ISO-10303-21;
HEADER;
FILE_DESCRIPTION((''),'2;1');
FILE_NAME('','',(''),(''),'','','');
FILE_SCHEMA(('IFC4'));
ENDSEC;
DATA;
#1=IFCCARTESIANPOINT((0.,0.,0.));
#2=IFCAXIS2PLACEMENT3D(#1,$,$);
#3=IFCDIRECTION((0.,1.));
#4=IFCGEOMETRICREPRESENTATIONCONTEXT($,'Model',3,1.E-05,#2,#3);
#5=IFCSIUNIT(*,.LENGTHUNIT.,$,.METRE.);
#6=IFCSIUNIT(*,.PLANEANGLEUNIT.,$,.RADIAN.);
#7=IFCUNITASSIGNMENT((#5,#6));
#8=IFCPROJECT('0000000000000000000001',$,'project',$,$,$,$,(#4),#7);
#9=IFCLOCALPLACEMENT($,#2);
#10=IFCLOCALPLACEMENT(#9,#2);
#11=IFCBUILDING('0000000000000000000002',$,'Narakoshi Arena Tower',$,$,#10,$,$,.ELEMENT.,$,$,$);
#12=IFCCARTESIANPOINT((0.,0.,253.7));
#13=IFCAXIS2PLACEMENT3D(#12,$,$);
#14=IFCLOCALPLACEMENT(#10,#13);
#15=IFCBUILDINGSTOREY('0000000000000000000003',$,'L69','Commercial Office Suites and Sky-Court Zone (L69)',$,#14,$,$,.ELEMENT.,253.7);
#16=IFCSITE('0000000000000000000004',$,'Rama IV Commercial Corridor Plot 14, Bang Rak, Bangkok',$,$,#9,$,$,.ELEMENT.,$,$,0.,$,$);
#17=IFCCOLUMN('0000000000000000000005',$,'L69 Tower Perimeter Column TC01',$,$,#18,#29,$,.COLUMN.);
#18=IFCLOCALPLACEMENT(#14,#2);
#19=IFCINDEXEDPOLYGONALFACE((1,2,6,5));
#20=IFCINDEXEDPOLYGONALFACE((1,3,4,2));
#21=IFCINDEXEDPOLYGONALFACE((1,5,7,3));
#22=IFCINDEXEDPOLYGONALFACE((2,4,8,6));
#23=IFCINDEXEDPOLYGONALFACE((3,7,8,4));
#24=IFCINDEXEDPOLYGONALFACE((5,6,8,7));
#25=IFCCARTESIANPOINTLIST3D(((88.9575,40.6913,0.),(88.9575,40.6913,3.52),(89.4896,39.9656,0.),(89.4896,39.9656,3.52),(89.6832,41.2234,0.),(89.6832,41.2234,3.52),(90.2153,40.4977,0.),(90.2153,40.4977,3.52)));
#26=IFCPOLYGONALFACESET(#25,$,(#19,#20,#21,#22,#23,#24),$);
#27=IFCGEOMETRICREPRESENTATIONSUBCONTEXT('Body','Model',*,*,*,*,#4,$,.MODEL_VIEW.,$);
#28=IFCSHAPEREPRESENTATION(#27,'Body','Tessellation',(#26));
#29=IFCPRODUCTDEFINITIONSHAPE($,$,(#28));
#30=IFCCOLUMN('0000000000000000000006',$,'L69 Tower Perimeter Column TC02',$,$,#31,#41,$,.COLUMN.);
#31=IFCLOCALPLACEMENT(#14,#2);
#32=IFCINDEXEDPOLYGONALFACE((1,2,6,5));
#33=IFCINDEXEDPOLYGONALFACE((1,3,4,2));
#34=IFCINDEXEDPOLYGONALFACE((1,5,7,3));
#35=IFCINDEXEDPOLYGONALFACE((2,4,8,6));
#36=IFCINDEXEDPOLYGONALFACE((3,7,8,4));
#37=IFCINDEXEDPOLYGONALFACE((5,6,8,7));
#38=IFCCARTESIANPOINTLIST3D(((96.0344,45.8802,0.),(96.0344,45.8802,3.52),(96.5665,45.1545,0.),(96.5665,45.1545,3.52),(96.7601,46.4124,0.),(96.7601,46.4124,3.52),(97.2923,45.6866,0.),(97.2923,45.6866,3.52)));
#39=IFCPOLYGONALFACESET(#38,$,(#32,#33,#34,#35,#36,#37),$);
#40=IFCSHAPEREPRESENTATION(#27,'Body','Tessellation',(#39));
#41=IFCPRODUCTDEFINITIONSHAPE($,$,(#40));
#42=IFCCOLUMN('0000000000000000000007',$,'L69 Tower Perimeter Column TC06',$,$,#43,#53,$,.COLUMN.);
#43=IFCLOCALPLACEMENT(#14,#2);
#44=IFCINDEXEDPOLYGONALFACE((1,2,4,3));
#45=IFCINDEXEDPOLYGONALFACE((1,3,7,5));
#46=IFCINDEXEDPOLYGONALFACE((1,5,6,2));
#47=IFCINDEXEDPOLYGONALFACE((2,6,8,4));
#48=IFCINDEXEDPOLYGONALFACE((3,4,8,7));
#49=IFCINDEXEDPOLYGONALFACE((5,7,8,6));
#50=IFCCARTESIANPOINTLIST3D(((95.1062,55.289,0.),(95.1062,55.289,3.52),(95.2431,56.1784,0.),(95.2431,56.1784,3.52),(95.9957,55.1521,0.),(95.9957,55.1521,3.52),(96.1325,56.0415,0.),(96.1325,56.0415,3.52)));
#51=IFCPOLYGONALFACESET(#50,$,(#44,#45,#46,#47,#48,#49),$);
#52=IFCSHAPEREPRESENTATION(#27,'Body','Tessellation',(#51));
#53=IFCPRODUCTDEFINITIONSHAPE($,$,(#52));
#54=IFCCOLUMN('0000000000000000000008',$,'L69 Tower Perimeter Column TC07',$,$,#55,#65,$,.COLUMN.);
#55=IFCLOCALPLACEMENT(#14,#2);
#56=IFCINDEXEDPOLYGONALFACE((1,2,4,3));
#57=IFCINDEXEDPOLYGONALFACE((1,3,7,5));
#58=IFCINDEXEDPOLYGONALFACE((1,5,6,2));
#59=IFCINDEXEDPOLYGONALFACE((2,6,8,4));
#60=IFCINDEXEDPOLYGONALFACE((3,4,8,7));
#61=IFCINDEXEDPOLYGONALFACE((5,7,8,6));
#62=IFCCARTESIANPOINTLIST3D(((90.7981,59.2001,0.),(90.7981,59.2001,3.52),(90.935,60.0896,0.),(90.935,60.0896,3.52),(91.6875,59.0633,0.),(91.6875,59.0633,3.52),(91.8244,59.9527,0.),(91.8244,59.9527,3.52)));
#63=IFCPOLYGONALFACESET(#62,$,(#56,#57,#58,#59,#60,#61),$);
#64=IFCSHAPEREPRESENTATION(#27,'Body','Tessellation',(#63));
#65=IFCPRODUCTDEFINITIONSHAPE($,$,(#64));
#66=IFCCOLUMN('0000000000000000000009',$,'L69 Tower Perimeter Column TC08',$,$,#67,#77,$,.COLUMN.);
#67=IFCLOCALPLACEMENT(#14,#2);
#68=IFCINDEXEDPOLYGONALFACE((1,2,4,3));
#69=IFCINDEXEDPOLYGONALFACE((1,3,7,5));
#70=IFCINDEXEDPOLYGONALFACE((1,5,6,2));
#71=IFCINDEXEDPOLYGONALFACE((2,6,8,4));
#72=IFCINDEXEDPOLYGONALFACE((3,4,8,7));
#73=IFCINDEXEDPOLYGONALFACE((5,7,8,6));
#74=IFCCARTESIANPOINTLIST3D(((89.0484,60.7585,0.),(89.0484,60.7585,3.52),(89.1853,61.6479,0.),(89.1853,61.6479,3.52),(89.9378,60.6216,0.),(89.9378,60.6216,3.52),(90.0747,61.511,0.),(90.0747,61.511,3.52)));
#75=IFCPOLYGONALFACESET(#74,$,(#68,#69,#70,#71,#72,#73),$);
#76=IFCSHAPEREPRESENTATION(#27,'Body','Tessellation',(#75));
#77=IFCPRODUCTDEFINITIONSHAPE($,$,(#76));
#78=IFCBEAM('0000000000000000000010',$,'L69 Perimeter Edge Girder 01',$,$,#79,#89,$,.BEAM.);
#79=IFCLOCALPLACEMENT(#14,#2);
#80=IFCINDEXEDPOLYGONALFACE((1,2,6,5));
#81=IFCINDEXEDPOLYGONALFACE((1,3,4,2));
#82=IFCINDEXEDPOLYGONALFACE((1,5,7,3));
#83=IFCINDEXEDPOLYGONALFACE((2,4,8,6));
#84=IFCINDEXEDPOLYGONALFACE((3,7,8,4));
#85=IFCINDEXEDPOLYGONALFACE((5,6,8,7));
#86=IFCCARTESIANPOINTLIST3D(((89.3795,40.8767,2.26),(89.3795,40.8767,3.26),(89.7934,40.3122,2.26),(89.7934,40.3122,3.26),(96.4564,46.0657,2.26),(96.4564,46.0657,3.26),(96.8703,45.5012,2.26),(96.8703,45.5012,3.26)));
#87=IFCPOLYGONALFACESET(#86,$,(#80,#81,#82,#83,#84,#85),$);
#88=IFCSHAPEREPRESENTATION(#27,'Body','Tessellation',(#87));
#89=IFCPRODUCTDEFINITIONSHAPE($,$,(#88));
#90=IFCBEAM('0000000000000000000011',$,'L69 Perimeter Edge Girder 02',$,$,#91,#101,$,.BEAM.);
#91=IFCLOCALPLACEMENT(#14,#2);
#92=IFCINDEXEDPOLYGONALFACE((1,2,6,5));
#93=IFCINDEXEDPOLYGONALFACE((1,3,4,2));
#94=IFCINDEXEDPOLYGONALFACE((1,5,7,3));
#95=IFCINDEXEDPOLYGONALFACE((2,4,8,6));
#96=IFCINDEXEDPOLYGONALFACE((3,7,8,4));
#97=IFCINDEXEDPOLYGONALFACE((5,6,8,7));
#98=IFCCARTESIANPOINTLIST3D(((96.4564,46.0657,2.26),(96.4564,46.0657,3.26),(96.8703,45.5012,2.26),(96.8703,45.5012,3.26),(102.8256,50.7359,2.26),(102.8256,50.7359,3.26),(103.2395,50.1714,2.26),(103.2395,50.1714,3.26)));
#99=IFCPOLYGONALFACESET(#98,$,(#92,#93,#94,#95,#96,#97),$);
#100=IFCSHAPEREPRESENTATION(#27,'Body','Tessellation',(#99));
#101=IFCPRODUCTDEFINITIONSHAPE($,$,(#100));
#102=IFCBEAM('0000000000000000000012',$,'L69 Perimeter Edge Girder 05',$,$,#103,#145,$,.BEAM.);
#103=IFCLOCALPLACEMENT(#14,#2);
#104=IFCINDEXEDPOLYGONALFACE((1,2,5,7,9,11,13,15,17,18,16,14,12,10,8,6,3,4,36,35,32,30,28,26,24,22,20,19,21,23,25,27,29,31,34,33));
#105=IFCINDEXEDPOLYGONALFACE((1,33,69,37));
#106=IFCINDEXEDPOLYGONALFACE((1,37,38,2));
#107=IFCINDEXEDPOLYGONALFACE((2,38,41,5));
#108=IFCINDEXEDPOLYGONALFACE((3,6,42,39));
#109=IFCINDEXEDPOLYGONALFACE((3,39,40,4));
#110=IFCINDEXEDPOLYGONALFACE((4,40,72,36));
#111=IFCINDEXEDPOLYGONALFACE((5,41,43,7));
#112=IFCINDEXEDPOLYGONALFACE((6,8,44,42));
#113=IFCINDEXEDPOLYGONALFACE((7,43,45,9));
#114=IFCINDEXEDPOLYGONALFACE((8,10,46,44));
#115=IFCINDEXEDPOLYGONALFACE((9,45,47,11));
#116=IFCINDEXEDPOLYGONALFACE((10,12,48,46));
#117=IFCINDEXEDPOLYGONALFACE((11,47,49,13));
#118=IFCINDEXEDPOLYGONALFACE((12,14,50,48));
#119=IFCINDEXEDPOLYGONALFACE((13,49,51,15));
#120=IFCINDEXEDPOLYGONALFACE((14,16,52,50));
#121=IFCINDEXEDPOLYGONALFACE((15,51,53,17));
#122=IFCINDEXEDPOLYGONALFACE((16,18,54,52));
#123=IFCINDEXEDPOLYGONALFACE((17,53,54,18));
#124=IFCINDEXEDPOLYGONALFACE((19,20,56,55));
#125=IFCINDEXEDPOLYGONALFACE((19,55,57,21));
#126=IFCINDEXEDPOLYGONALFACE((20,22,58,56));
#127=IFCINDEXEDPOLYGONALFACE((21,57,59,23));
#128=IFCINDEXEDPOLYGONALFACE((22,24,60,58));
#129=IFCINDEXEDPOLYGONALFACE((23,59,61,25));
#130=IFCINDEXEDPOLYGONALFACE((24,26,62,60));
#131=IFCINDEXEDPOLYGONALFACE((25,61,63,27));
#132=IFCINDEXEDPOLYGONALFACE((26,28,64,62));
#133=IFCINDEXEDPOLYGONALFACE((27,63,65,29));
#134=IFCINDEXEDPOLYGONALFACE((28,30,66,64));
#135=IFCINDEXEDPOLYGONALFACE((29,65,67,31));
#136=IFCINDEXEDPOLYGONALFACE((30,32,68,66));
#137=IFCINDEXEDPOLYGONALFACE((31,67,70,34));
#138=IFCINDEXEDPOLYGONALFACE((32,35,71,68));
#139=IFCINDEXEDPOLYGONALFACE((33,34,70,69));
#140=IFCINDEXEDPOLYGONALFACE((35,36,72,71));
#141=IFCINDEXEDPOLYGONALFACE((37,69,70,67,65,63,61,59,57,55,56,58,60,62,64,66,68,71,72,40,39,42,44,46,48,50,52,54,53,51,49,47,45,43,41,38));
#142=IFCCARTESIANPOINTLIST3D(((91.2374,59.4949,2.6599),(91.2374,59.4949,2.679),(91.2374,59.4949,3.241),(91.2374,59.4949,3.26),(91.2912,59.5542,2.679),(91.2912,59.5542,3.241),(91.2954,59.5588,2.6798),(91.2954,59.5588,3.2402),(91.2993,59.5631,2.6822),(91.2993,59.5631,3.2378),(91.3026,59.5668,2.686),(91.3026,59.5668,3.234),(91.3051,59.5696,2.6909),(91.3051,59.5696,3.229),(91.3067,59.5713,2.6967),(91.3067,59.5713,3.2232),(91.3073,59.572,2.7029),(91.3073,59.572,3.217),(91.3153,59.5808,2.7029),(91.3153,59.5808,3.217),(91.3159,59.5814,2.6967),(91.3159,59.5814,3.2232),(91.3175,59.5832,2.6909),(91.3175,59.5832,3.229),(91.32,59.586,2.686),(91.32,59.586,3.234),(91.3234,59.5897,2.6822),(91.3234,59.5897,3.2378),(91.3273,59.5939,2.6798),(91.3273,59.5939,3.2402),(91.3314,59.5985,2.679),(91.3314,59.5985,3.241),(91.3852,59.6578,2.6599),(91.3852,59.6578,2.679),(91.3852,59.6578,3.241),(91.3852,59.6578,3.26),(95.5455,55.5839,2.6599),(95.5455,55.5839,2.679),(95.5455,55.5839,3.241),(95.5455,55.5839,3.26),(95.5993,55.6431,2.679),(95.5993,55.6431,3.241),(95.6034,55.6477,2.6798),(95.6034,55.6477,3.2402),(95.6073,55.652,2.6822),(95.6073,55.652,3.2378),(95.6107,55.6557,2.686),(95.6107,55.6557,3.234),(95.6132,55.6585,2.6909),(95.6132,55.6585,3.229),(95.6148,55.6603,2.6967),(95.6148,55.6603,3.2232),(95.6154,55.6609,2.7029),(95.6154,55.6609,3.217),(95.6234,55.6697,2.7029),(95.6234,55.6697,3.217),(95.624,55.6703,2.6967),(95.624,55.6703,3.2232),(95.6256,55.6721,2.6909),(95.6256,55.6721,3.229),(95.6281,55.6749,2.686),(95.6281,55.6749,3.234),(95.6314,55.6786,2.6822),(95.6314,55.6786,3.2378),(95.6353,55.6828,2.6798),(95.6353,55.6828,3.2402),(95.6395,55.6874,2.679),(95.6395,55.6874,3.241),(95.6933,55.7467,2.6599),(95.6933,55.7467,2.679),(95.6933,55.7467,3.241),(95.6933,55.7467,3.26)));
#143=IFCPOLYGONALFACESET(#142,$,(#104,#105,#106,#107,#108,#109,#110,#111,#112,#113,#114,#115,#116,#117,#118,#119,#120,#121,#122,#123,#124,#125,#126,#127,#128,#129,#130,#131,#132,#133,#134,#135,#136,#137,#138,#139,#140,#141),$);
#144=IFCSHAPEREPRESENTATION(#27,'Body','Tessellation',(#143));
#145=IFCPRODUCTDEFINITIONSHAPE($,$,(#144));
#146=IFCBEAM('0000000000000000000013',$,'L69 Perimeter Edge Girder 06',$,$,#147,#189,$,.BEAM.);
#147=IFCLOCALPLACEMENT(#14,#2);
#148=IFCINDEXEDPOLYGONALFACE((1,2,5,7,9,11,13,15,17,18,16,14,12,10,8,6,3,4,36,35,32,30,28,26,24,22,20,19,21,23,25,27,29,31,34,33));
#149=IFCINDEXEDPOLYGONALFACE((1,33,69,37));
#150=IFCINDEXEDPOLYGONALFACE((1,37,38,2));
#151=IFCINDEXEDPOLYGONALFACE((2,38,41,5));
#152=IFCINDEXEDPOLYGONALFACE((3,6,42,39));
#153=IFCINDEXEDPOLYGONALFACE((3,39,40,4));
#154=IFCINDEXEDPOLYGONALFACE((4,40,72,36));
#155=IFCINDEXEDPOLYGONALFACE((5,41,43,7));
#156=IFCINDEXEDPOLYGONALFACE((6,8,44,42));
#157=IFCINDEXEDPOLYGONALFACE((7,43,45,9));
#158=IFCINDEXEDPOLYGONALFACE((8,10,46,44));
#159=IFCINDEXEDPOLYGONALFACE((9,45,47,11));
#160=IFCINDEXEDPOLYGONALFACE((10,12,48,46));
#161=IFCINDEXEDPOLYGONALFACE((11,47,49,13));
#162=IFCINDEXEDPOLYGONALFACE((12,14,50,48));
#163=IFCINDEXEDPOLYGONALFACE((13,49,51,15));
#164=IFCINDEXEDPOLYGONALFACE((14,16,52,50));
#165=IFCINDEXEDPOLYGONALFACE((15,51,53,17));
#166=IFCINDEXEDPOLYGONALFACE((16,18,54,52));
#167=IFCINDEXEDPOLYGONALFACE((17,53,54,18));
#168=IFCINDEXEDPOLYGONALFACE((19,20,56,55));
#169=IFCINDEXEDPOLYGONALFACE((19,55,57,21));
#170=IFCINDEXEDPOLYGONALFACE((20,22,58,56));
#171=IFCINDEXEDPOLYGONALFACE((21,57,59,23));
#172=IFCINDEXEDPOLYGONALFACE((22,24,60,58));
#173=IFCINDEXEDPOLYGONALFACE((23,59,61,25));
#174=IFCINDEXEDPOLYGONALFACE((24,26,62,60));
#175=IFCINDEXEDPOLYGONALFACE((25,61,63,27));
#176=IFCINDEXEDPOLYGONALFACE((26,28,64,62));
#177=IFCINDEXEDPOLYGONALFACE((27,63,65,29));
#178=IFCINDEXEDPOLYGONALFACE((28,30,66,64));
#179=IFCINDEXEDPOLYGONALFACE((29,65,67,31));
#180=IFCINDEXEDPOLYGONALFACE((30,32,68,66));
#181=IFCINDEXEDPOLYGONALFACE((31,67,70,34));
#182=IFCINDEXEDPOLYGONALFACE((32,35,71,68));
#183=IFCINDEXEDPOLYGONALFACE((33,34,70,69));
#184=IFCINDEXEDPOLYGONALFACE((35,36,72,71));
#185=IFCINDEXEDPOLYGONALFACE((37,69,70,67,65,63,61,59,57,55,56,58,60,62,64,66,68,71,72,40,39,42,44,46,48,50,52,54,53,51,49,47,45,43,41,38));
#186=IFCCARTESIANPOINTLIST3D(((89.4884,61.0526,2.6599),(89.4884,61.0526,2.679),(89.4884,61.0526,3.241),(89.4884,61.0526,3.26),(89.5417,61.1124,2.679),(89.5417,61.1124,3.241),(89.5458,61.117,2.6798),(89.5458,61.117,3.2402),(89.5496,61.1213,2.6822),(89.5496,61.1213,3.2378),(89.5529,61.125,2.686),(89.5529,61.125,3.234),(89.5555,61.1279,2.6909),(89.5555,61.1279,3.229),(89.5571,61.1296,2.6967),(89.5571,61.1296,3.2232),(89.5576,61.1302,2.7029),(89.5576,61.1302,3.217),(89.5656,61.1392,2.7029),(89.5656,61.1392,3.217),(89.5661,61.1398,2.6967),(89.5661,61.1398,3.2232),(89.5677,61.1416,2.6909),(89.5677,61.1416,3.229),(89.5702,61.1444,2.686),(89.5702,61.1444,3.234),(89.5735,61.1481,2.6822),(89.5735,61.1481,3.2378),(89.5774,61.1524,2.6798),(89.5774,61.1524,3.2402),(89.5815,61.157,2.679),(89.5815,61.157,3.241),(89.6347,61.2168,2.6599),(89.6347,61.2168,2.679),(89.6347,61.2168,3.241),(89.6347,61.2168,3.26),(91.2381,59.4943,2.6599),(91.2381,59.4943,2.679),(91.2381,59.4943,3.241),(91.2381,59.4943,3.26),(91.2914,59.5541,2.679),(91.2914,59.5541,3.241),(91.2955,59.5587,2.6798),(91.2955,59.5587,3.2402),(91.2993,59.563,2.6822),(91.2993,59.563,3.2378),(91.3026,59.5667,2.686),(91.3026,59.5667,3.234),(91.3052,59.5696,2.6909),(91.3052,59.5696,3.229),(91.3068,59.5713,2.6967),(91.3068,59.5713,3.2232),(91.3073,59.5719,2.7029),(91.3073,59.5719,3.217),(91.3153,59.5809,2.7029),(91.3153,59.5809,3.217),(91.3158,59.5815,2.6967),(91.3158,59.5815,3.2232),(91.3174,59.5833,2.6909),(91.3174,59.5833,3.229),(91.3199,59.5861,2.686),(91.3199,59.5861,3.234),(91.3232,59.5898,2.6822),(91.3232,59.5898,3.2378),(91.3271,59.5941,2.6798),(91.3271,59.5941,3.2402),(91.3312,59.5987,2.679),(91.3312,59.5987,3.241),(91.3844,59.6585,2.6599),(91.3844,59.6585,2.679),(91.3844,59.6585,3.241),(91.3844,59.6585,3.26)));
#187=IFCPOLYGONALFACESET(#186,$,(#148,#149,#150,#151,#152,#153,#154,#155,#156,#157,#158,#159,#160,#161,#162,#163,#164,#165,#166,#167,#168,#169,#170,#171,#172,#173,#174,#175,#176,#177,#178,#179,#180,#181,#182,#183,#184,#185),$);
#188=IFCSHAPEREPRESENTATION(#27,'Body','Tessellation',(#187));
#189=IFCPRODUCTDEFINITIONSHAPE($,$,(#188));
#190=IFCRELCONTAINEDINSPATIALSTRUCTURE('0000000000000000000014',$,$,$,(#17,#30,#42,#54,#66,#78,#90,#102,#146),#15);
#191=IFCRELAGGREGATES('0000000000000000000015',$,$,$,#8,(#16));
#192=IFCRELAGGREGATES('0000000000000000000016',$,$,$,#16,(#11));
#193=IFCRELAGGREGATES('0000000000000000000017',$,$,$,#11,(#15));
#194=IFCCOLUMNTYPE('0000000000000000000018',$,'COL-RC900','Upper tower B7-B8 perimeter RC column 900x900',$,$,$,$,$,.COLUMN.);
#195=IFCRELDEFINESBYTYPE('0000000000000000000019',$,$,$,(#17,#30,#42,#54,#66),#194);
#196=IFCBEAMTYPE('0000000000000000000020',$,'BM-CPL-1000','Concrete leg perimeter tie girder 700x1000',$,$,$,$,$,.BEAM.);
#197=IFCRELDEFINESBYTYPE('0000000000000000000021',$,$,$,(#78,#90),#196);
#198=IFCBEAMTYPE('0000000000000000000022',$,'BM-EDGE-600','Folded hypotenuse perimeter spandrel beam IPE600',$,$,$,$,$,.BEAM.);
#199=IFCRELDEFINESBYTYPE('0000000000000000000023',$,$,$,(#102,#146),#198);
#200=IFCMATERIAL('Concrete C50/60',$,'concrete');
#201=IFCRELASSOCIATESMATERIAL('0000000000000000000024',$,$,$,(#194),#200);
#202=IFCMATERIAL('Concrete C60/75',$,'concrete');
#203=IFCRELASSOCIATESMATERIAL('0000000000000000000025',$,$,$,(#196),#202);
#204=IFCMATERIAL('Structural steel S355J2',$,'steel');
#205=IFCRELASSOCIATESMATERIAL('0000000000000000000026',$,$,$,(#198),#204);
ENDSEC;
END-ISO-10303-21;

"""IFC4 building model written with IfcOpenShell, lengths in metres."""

from ifc_helpers import new_model, si_unit, direction, frame, origin, origin_2d, place, context, subcontext, project, spatial, rectangle, i_section, extrude, material, material_profile, profile_set, type_object, element, save


model = new_model("IFC4")

# Units and contexts
model_context = context("Model", 3, precision=1e-05, world=origin(), true_north=direction((0.0, 1.0)))
body_context = subcontext(model_context, "Body", "Model", "MODEL_VIEW")
ifc_project = project(units=[si_unit("LENGTHUNIT", "METRE"), si_unit("PLANEANGLEUNIT", "RADIAN")], contexts=[model_context])

# Site, building, storey
site_placement = place(None, origin())
site = spatial("IfcSite", under=ifc_project, at=site_placement, Name="Rama IV Commercial Corridor Plot 14, Bang Rak, Bangkok", CompositionType="ELEMENT", RefElevation=0.0)
building_placement = place(site_placement, origin())
building = spatial("IfcBuilding", under=site, at=building_placement, Name="Narakoshi Arena Tower", CompositionType="ELEMENT")
storey_placement = place(building_placement, frame((0.0, 0.0, 253.7)))
storey = spatial("IfcBuildingStorey", under=building, at=storey_placement, Name="L69", Description="Commercial Office Suites and Sky-Court Zone (L69)", CompositionType="ELEMENT", Elevation=253.7)

# Columns
ifc_material_1 = material(Name="Concrete C50/60", Category="concrete")
ifc_material_profile_1 = material_profile(ifc_material_1, rectangle(XDim=0.8999, YDim=0.8999, at=origin_2d()), Name="RC900x900")
ifc_profile_set_1 = profile_set([ifc_material_profile_1], Name="Concrete C50/60")
column_type = type_object("IfcColumnType", Name="COL-RC900", Description="Upper tower B7-B8 perimeter RC column 900x900", PredefinedType="COLUMN", material=ifc_profile_set_1)
for number, where, z_axis, x_axis, name in (
    (1, (89.5864, 40.5945, 0.0), (0.0, 0.0, 1.0), (0.806445, 0.59131, 0.0), "L69 Tower Perimeter Column TC01"),
    (2, (96.6633, 45.7834, 0.0), (0.0, 0.0, 1.0), (0.806445, 0.59131, 0.0), "L69 Tower Perimeter Column TC02"),
    (3, (95.6194, 55.6653, 0.0), (0.0, 0.0, 1.0), (0.152123, 0.988362, 0.0), "L69 Tower Perimeter Column TC06"),
    (4, (91.3113, 59.5764, 0.0), (0.0, 0.0, 1.0), (0.152123, 0.988362, 0.0), "L69 Tower Perimeter Column TC07"),
    (5, (89.5615, 61.1348, 0.0), (0.0, 0.0, 1.0), (0.152123, 0.988362, 0.0), "L69 Tower Perimeter Column TC08"),
):
    element("IfcColumn", number, at=place(storey_placement, frame(where, z_axis=z_axis, x_axis=x_axis)), inside=storey, type_object=column_type, Name=name, PredefinedType="COLUMN", context=body_context, shape_type="SweptSolid", body=[
        extrude(rectangle(XDim=0.8999, YDim=0.8999, at=origin_2d()), origin(), (0.0, 0.0, 1.0), 3.52),
    ])

# Beams
ifc_material_2 = material(Name="Concrete C60/75", Category="concrete")
ifc_material_profile_2 = material_profile(ifc_material_2, rectangle(XDim=0.7, YDim=1.0, at=origin_2d()), Name="RCB700x1000")
ifc_profile_set_2 = profile_set([ifc_material_profile_2], Name="Concrete C60/75")
beam_type_1 = type_object("IfcBeamType", Name="BM-CPL-1000", Description="Concrete leg perimeter tie girder 700x1000", PredefinedType="BEAM", material=ifc_profile_set_2)
beam_1_placement = place(storey_placement, frame((89.5864, 40.5945, 2.76), z_axis=(0.806447, 0.591307, 0.0), x_axis=(-0.591307, 0.806447, 0.0)))
element("IfcBeam", 6, at=beam_1_placement, inside=storey, type_object=beam_type_1, Name="L69 Perimeter Edge Girder 01", PredefinedType="BEAM", context=body_context, shape_type="SweptSolid", body=[
    extrude(rectangle(XDim=0.7, YDim=1.0, at=origin_2d()), origin(), (0.0, 0.0, 1.0), 8.7754),
])
beam_2_placement = place(storey_placement, frame((96.6633, 45.7834, 2.76), z_axis=(0.806437, 0.591319, 0.0), x_axis=(-0.591319, 0.806437, 0.0)))
element("IfcBeam", 7, at=beam_2_placement, inside=storey, type_object=beam_type_1, Name="L69 Perimeter Edge Girder 02", PredefinedType="BEAM", context=body_context, shape_type="SweptSolid", body=[
    extrude(rectangle(XDim=0.7, YDim=1.0, at=origin_2d()), origin(), (0.0, 0.0, 1.0), 7.8979),
])
ifc_material_3 = material(Name="Structural steel S355J2", Category="steel")
ifc_material_profile_3 = material_profile(ifc_material_3, i_section(OverallWidth=0.22, OverallDepth=0.6001, WebThickness=0.012, FlangeThickness=0.019, FilletRadius=0.0239, at=origin_2d()), Name="IPE600")
ifc_profile_set_3 = profile_set([ifc_material_profile_3], Name="Structural steel S355J2")
beam_type_2 = type_object("IfcBeamType", Name="BM-EDGE-600", Description="Folded hypotenuse perimeter spandrel beam IPE600", PredefinedType="BEAM", material=ifc_profile_set_3)
beam_3_placement = place(storey_placement, frame((95.6194, 55.6653, 2.96), z_axis=(-0.740396, 0.672171, 0.0), x_axis=(-0.672171, -0.740396, 0.0)))
element("IfcBeam", 8, at=beam_3_placement, inside=storey, type_object=beam_type_2, Name="L69 Perimeter Edge Girder 05", PredefinedType="BEAM", context=body_context, shape_type="SweptSolid", body=[
    extrude(i_section(OverallWidth=0.22, OverallDepth=0.6001, WebThickness=0.012, FlangeThickness=0.019, FilletRadius=0.0239, at=origin_2d()), origin(), (0.0, 0.0, 1.0), 5.8186),
])
beam_4_placement = place(storey_placement, frame((91.3113, 59.5764, 2.96), z_axis=(-0.746771, 0.665081, 0.0), x_axis=(-0.665081, -0.746771, 0.0)))
element("IfcBeam", 9, at=beam_4_placement, inside=storey, type_object=beam_type_2, Name="L69 Perimeter Edge Girder 06", PredefinedType="BEAM", context=body_context, shape_type="SweptSolid", body=[
    extrude(i_section(OverallWidth=0.22, OverallDepth=0.6001, WebThickness=0.012, FlangeThickness=0.019, FilletRadius=0.0239, at=origin_2d()), origin(), (0.0, 0.0, 1.0), 2.343),
])

save(model, "model.ifc")
